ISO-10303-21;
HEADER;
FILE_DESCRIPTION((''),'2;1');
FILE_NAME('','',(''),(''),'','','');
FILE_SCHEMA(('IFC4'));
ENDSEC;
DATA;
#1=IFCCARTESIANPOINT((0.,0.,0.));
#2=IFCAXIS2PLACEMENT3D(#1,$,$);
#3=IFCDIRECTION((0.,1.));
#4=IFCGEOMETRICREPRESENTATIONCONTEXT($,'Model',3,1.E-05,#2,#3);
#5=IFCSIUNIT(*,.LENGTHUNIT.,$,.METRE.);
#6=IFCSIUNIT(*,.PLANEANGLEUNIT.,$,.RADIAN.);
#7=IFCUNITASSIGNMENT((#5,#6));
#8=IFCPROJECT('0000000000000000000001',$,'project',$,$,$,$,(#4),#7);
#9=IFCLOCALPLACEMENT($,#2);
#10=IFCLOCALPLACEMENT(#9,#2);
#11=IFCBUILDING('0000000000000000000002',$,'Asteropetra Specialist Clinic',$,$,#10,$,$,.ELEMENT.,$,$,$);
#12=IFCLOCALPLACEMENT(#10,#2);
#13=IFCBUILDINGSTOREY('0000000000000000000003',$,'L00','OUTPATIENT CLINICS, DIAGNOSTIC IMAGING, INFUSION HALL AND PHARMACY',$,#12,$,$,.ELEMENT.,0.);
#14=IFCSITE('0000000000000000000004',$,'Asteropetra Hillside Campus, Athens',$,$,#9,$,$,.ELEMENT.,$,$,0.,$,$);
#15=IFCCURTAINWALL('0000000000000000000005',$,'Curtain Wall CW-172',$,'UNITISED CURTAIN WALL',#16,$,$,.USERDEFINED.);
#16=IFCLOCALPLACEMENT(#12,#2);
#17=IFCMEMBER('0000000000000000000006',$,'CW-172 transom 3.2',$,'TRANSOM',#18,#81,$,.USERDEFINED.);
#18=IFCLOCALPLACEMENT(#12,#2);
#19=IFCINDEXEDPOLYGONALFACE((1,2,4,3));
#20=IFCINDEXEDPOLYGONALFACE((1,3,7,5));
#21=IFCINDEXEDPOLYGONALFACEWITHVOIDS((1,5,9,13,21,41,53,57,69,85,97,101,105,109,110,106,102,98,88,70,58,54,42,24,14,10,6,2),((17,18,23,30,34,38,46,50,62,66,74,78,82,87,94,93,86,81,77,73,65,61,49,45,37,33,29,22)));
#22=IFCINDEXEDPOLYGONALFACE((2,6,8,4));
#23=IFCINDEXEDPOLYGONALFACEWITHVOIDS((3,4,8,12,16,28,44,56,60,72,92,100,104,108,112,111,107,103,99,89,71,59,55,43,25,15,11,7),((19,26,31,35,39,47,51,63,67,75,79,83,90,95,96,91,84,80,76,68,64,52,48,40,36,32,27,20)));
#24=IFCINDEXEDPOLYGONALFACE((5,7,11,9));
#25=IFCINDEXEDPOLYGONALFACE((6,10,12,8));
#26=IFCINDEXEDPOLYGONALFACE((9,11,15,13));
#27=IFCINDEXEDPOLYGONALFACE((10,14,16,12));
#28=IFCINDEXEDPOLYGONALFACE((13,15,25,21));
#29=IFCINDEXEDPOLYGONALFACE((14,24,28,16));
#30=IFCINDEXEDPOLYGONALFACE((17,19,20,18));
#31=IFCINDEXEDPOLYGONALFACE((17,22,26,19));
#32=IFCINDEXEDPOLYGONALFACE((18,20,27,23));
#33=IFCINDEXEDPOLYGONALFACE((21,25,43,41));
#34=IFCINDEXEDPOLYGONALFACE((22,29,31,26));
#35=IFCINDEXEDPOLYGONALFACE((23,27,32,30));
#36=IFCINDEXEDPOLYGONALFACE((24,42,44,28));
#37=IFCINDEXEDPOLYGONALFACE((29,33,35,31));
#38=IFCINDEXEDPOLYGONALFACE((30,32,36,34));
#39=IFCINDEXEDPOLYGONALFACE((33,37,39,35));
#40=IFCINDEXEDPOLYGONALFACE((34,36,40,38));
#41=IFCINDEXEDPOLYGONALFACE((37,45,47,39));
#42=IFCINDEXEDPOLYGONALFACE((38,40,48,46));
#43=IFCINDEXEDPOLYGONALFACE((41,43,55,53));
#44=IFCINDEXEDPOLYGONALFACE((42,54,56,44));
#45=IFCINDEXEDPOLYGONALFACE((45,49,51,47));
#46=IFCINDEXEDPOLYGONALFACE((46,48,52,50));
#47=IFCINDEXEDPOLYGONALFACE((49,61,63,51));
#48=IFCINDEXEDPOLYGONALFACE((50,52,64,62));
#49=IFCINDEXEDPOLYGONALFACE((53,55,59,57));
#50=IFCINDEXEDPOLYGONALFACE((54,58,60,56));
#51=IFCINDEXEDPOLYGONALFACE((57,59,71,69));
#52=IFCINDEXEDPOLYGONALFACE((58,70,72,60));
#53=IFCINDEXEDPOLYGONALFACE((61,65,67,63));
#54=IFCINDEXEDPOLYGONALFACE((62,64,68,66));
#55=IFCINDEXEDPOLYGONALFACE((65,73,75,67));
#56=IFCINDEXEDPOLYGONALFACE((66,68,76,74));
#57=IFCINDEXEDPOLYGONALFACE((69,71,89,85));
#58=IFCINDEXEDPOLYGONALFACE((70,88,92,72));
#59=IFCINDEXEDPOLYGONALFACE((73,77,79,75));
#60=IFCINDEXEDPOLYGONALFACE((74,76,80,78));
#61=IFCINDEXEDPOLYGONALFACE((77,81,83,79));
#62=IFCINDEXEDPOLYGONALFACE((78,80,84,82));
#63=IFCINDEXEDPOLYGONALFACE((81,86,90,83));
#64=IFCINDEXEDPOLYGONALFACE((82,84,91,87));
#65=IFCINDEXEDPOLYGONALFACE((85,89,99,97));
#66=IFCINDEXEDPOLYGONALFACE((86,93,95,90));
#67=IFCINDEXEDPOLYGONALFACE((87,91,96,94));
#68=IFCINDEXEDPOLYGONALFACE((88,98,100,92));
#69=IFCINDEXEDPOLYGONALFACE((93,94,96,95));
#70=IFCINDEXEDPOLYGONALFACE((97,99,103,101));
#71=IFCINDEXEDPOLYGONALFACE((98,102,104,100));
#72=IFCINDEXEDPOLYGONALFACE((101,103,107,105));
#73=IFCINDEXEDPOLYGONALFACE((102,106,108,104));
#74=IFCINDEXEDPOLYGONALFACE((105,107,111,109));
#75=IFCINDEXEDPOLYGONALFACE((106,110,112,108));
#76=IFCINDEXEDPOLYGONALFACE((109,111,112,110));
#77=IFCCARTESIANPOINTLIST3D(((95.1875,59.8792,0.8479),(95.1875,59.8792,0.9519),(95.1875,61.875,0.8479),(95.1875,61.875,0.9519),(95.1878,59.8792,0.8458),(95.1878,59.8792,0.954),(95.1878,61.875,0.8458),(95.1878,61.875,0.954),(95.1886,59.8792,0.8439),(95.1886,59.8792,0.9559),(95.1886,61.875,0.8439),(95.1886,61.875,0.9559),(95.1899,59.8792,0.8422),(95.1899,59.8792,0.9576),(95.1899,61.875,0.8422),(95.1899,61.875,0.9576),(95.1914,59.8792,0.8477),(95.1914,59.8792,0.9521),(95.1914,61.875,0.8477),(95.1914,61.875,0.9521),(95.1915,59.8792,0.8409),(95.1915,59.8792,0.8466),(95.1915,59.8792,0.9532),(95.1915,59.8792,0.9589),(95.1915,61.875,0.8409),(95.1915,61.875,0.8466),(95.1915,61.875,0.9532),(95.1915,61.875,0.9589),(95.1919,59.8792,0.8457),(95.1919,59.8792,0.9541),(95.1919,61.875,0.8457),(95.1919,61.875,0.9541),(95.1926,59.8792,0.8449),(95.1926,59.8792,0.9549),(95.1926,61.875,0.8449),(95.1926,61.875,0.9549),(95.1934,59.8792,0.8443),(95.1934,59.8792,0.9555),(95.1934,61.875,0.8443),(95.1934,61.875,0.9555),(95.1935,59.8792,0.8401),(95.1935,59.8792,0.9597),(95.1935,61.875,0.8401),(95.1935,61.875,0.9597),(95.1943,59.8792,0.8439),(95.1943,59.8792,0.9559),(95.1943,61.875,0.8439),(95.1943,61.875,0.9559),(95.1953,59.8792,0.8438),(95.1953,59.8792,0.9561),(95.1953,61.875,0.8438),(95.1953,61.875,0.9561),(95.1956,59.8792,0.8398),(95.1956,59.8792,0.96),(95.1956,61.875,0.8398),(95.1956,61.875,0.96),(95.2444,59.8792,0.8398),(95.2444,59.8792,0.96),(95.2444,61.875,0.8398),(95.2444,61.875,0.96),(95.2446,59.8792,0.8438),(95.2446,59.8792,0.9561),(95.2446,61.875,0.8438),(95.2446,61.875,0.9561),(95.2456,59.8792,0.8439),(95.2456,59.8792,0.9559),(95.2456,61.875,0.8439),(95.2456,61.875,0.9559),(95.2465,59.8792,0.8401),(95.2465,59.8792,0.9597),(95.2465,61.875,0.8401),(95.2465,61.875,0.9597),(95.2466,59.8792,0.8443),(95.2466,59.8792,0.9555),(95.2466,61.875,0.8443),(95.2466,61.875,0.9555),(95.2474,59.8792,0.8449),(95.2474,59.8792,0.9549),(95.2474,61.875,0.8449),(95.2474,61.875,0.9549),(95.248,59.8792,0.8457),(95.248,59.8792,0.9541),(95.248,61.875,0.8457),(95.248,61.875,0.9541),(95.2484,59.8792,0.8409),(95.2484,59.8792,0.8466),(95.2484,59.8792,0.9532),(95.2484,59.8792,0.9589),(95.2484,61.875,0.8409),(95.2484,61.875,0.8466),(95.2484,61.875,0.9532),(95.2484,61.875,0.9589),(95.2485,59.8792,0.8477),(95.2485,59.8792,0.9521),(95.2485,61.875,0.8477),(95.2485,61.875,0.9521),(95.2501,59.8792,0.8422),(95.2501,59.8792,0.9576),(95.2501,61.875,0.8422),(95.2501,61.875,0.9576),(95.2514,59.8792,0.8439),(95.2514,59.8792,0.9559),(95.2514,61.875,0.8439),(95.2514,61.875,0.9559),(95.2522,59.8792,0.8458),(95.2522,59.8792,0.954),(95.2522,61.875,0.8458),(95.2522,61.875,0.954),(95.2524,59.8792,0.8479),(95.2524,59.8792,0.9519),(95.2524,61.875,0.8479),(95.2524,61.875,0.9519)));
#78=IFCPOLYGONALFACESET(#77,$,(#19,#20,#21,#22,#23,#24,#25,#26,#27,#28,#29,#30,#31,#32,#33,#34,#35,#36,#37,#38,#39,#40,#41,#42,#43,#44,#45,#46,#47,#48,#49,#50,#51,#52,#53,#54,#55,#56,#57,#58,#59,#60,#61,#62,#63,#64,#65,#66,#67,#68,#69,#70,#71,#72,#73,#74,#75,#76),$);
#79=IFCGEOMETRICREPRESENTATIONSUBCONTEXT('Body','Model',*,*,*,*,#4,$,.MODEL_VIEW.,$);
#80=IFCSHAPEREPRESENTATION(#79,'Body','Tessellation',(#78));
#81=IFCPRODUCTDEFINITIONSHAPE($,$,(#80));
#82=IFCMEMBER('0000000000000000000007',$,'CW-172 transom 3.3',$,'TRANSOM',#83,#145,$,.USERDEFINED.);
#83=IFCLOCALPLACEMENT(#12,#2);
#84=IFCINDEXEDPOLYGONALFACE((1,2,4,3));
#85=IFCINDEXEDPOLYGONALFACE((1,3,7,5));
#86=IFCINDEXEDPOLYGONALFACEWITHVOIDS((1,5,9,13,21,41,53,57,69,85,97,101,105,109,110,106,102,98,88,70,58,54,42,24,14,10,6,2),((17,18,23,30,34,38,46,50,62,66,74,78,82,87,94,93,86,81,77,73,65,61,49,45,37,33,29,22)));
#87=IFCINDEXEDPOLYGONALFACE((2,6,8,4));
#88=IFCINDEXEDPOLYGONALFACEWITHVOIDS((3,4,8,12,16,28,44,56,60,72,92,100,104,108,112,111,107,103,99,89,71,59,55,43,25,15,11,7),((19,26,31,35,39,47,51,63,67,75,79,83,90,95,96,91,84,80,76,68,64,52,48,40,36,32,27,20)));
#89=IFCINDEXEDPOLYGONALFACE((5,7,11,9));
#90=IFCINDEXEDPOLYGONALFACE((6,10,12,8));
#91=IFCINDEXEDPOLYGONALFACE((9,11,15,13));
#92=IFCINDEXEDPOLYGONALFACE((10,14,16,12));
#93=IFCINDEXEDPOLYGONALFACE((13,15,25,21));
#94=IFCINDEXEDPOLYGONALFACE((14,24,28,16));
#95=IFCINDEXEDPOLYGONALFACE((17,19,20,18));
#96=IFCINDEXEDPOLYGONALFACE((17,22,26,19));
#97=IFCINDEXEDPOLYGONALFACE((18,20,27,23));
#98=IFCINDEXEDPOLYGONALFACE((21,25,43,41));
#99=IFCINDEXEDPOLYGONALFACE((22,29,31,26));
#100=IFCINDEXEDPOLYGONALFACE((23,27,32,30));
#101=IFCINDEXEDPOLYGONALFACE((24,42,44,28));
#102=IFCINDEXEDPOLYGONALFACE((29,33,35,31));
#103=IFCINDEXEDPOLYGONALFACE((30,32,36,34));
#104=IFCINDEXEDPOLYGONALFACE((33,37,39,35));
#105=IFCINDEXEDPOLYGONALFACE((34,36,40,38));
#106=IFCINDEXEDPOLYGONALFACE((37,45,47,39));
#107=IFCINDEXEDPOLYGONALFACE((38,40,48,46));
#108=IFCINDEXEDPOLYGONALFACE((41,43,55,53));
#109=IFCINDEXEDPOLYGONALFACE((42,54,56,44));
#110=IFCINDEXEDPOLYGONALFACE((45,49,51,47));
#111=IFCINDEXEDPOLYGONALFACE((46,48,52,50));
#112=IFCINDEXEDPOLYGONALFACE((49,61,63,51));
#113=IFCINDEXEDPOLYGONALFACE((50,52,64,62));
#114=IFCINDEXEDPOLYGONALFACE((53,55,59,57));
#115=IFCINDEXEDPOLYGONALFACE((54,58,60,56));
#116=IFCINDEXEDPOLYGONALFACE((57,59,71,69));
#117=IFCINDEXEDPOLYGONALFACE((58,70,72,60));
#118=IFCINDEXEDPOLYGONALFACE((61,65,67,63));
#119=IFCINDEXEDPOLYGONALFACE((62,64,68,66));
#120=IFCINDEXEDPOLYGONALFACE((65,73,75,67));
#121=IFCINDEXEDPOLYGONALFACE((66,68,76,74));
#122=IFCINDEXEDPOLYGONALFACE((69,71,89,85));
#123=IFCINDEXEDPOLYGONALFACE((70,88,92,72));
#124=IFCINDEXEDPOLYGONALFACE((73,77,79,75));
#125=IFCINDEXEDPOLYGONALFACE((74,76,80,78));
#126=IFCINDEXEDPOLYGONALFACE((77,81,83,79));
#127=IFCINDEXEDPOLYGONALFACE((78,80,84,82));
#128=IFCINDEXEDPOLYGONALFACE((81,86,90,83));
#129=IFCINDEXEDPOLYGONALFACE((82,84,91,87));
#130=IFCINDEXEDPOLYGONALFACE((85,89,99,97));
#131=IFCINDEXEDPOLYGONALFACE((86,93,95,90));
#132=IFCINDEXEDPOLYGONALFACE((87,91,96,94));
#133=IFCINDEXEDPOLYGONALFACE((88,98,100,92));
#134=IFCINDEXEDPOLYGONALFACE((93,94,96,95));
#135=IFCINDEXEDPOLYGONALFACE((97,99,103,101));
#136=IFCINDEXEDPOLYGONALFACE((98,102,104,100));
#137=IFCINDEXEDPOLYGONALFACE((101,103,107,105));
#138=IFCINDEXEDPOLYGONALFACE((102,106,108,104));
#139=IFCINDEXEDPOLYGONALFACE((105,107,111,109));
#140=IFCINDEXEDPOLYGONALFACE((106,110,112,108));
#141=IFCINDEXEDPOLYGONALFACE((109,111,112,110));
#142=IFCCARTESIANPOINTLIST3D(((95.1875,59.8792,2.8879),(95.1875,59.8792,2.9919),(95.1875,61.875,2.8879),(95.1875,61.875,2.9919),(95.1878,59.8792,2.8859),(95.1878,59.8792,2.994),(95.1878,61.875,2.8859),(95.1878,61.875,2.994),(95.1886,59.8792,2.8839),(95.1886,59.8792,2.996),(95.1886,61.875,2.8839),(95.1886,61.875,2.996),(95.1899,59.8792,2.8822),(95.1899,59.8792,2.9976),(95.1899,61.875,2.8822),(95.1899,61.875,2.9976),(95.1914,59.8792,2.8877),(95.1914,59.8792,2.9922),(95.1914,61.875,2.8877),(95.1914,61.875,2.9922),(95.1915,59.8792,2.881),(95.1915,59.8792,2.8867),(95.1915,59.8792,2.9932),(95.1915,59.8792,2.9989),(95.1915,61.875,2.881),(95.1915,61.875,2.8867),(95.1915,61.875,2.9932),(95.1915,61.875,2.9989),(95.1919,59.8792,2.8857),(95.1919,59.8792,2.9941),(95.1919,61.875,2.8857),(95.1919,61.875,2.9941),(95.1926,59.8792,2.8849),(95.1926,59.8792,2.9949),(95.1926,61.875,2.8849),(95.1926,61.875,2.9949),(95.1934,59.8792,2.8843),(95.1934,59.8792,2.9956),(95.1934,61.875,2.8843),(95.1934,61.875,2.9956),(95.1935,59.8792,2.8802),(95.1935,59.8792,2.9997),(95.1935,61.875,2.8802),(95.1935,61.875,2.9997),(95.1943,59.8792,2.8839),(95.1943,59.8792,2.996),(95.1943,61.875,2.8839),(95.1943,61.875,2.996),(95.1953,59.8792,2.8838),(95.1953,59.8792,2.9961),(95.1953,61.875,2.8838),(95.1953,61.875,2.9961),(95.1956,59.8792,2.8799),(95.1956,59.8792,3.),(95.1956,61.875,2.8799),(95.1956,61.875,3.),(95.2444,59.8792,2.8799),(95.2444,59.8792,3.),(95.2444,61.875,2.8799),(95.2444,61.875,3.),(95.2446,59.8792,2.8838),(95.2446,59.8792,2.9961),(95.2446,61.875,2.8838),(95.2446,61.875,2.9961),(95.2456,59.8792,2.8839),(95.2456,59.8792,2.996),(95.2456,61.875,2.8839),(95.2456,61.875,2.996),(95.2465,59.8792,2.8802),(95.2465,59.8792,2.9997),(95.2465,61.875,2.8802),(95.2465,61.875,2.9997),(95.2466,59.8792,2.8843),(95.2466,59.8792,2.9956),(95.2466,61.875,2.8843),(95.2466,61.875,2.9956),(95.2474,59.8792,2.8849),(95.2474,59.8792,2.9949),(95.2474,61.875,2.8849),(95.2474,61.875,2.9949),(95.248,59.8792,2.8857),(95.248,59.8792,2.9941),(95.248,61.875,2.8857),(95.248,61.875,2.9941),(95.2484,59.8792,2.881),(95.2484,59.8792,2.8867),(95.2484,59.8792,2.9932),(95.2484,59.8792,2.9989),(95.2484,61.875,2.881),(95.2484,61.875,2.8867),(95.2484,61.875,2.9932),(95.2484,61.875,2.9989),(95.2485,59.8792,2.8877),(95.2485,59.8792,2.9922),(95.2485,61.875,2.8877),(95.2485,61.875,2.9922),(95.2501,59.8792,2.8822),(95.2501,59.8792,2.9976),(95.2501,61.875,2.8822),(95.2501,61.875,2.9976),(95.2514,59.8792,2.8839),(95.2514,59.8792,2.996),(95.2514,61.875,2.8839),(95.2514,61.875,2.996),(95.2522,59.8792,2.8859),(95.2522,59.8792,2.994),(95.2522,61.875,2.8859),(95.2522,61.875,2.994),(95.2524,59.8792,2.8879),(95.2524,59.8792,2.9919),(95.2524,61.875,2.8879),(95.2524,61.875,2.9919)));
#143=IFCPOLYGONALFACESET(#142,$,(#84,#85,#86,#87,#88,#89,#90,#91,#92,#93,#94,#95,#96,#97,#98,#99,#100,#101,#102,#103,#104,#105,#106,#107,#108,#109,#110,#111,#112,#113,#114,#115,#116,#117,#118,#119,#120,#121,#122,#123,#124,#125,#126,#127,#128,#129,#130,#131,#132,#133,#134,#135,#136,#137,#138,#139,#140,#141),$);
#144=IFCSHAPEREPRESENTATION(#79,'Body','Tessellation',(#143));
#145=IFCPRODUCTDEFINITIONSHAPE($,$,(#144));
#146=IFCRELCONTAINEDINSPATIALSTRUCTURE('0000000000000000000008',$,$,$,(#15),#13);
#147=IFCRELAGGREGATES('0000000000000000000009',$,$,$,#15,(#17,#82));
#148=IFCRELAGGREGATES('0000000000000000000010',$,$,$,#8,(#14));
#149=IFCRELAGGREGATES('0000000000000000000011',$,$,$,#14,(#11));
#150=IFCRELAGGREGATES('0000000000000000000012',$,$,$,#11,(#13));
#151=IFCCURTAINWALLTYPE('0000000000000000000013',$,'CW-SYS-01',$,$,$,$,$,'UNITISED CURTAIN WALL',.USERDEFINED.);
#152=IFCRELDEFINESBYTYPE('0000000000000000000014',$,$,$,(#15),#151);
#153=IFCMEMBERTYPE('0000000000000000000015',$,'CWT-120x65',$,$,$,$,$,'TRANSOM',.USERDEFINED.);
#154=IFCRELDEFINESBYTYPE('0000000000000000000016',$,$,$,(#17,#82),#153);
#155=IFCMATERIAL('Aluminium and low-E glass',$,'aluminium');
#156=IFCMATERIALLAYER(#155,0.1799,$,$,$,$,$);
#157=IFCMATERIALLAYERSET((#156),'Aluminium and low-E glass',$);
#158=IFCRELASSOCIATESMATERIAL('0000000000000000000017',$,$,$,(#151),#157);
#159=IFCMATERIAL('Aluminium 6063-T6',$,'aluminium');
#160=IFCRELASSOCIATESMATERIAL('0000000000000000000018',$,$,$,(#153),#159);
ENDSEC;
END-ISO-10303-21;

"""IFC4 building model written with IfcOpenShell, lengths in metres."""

from ifc_helpers import new_model, si_unit, direction, frame, origin, origin_2d, place, context, subcontext, project, spatial, hollow_rectangle, extrude, material, layer, layer_set, material_profile, profile_set, type_object, element, aggregate, save


model = new_model("IFC4")

# Units and contexts
model_context = context("Model", 3, precision=1e-05, world=origin(), true_north=direction((0.0, 1.0)))
body_context = subcontext(model_context, "Body", "Model", "MODEL_VIEW")
ifc_project = project(units=[si_unit("LENGTHUNIT", "METRE"), si_unit("PLANEANGLEUNIT", "RADIAN")], contexts=[model_context])

# Site, building, storey
site_placement = place(None, origin())
site = spatial("IfcSite", under=ifc_project, at=site_placement, Name="Asteropetra Hillside Campus, Athens", CompositionType="ELEMENT", RefElevation=0.0)
building_placement = place(site_placement, origin())
building = spatial("IfcBuilding", under=site, at=building_placement, Name="Asteropetra Specialist Clinic", CompositionType="ELEMENT")
storey_placement = place(building_placement, origin())
storey = spatial("IfcBuildingStorey", under=building, at=storey_placement, Name="L00", Description="OUTPATIENT CLINICS, DIAGNOSTIC IMAGING, INFUSION HALL AND PHARMACY", CompositionType="ELEMENT", Elevation=0.0)

# Curtain wall
ifc_material_1 = material(Name="Aluminium and low-E glass", Category="aluminium")
ifc_layer_1 = layer(ifc_material_1, 0.1799)
ifc_layer_set_1 = layer_set([ifc_layer_1], Name="Aluminium and low-E glass")
curtain_wall_type_1 = type_object("IfcCurtainWallType", Name="CW-SYS-01", ElementType="UNITISED CURTAIN WALL", PredefinedType="USERDEFINED", material=ifc_layer_set_1)
curtain_wall_1_placement = place(storey_placement, origin())
curtain_wall_1 = element("IfcCurtainWall", 1, at=curtain_wall_1_placement, inside=storey, type_object=curtain_wall_type_1, Name="Curtain Wall CW-172", ObjectType="UNITISED CURTAIN WALL", PredefinedType="USERDEFINED")

# Members
ifc_material_2 = material(Name="Aluminium 6063-T6", Category="aluminium")
ifc_material_profile_1 = material_profile(ifc_material_2, hollow_rectangle(XDim=0.0649, YDim=0.1201, WallThickness=0.0039, InnerFilletRadius=0.0039, OuterFilletRadius=0.0081, at=origin_2d()), Name="TRN 120x65x4.0")
ifc_profile_set_1 = profile_set([ifc_material_profile_1], Name="Aluminium 6063-T6")
member_type_1 = type_object("IfcMemberType", Name="CWT-120x65", ElementType="TRANSOM", PredefinedType="USERDEFINED", material=ifc_profile_set_1)
member_1_placement = place(storey_placement, frame((95.22, 59.8792, 0.8999), z_axis=(0.0, 1.0, 0.0), x_axis=(-1.0, 0.0, 0.0)))
member_1 = element("IfcMember", 2, at=member_1_placement, type_object=member_type_1, Name="CW-172 transom 3.2", ObjectType="TRANSOM", PredefinedType="USERDEFINED", context=body_context, shape_type="SweptSolid", body=[
    extrude(hollow_rectangle(XDim=0.0649, YDim=0.1201, WallThickness=0.0039, InnerFilletRadius=0.0039, OuterFilletRadius=0.0081, at=origin_2d()), origin(), (0.0, 0.0, 1.0), 1.9958),
])
member_2_placement = place(storey_placement, frame((95.22, 59.8792, 2.9399), z_axis=(0.0, 1.0, 0.0), x_axis=(-1.0, 0.0, 0.0)))
member_2 = element("IfcMember", 3, at=member_2_placement, type_object=member_type_1, Name="CW-172 transom 3.3", ObjectType="TRANSOM", PredefinedType="USERDEFINED", context=body_context, shape_type="SweptSolid", body=[
    extrude(hollow_rectangle(XDim=0.0649, YDim=0.1201, WallThickness=0.0039, InnerFilletRadius=0.0039, OuterFilletRadius=0.0081, at=origin_2d()), origin(), (0.0, 0.0, 1.0), 1.9958),
])

aggregate(curtain_wall_1, [member_1, member_2])

save(model, "model.ifc")
